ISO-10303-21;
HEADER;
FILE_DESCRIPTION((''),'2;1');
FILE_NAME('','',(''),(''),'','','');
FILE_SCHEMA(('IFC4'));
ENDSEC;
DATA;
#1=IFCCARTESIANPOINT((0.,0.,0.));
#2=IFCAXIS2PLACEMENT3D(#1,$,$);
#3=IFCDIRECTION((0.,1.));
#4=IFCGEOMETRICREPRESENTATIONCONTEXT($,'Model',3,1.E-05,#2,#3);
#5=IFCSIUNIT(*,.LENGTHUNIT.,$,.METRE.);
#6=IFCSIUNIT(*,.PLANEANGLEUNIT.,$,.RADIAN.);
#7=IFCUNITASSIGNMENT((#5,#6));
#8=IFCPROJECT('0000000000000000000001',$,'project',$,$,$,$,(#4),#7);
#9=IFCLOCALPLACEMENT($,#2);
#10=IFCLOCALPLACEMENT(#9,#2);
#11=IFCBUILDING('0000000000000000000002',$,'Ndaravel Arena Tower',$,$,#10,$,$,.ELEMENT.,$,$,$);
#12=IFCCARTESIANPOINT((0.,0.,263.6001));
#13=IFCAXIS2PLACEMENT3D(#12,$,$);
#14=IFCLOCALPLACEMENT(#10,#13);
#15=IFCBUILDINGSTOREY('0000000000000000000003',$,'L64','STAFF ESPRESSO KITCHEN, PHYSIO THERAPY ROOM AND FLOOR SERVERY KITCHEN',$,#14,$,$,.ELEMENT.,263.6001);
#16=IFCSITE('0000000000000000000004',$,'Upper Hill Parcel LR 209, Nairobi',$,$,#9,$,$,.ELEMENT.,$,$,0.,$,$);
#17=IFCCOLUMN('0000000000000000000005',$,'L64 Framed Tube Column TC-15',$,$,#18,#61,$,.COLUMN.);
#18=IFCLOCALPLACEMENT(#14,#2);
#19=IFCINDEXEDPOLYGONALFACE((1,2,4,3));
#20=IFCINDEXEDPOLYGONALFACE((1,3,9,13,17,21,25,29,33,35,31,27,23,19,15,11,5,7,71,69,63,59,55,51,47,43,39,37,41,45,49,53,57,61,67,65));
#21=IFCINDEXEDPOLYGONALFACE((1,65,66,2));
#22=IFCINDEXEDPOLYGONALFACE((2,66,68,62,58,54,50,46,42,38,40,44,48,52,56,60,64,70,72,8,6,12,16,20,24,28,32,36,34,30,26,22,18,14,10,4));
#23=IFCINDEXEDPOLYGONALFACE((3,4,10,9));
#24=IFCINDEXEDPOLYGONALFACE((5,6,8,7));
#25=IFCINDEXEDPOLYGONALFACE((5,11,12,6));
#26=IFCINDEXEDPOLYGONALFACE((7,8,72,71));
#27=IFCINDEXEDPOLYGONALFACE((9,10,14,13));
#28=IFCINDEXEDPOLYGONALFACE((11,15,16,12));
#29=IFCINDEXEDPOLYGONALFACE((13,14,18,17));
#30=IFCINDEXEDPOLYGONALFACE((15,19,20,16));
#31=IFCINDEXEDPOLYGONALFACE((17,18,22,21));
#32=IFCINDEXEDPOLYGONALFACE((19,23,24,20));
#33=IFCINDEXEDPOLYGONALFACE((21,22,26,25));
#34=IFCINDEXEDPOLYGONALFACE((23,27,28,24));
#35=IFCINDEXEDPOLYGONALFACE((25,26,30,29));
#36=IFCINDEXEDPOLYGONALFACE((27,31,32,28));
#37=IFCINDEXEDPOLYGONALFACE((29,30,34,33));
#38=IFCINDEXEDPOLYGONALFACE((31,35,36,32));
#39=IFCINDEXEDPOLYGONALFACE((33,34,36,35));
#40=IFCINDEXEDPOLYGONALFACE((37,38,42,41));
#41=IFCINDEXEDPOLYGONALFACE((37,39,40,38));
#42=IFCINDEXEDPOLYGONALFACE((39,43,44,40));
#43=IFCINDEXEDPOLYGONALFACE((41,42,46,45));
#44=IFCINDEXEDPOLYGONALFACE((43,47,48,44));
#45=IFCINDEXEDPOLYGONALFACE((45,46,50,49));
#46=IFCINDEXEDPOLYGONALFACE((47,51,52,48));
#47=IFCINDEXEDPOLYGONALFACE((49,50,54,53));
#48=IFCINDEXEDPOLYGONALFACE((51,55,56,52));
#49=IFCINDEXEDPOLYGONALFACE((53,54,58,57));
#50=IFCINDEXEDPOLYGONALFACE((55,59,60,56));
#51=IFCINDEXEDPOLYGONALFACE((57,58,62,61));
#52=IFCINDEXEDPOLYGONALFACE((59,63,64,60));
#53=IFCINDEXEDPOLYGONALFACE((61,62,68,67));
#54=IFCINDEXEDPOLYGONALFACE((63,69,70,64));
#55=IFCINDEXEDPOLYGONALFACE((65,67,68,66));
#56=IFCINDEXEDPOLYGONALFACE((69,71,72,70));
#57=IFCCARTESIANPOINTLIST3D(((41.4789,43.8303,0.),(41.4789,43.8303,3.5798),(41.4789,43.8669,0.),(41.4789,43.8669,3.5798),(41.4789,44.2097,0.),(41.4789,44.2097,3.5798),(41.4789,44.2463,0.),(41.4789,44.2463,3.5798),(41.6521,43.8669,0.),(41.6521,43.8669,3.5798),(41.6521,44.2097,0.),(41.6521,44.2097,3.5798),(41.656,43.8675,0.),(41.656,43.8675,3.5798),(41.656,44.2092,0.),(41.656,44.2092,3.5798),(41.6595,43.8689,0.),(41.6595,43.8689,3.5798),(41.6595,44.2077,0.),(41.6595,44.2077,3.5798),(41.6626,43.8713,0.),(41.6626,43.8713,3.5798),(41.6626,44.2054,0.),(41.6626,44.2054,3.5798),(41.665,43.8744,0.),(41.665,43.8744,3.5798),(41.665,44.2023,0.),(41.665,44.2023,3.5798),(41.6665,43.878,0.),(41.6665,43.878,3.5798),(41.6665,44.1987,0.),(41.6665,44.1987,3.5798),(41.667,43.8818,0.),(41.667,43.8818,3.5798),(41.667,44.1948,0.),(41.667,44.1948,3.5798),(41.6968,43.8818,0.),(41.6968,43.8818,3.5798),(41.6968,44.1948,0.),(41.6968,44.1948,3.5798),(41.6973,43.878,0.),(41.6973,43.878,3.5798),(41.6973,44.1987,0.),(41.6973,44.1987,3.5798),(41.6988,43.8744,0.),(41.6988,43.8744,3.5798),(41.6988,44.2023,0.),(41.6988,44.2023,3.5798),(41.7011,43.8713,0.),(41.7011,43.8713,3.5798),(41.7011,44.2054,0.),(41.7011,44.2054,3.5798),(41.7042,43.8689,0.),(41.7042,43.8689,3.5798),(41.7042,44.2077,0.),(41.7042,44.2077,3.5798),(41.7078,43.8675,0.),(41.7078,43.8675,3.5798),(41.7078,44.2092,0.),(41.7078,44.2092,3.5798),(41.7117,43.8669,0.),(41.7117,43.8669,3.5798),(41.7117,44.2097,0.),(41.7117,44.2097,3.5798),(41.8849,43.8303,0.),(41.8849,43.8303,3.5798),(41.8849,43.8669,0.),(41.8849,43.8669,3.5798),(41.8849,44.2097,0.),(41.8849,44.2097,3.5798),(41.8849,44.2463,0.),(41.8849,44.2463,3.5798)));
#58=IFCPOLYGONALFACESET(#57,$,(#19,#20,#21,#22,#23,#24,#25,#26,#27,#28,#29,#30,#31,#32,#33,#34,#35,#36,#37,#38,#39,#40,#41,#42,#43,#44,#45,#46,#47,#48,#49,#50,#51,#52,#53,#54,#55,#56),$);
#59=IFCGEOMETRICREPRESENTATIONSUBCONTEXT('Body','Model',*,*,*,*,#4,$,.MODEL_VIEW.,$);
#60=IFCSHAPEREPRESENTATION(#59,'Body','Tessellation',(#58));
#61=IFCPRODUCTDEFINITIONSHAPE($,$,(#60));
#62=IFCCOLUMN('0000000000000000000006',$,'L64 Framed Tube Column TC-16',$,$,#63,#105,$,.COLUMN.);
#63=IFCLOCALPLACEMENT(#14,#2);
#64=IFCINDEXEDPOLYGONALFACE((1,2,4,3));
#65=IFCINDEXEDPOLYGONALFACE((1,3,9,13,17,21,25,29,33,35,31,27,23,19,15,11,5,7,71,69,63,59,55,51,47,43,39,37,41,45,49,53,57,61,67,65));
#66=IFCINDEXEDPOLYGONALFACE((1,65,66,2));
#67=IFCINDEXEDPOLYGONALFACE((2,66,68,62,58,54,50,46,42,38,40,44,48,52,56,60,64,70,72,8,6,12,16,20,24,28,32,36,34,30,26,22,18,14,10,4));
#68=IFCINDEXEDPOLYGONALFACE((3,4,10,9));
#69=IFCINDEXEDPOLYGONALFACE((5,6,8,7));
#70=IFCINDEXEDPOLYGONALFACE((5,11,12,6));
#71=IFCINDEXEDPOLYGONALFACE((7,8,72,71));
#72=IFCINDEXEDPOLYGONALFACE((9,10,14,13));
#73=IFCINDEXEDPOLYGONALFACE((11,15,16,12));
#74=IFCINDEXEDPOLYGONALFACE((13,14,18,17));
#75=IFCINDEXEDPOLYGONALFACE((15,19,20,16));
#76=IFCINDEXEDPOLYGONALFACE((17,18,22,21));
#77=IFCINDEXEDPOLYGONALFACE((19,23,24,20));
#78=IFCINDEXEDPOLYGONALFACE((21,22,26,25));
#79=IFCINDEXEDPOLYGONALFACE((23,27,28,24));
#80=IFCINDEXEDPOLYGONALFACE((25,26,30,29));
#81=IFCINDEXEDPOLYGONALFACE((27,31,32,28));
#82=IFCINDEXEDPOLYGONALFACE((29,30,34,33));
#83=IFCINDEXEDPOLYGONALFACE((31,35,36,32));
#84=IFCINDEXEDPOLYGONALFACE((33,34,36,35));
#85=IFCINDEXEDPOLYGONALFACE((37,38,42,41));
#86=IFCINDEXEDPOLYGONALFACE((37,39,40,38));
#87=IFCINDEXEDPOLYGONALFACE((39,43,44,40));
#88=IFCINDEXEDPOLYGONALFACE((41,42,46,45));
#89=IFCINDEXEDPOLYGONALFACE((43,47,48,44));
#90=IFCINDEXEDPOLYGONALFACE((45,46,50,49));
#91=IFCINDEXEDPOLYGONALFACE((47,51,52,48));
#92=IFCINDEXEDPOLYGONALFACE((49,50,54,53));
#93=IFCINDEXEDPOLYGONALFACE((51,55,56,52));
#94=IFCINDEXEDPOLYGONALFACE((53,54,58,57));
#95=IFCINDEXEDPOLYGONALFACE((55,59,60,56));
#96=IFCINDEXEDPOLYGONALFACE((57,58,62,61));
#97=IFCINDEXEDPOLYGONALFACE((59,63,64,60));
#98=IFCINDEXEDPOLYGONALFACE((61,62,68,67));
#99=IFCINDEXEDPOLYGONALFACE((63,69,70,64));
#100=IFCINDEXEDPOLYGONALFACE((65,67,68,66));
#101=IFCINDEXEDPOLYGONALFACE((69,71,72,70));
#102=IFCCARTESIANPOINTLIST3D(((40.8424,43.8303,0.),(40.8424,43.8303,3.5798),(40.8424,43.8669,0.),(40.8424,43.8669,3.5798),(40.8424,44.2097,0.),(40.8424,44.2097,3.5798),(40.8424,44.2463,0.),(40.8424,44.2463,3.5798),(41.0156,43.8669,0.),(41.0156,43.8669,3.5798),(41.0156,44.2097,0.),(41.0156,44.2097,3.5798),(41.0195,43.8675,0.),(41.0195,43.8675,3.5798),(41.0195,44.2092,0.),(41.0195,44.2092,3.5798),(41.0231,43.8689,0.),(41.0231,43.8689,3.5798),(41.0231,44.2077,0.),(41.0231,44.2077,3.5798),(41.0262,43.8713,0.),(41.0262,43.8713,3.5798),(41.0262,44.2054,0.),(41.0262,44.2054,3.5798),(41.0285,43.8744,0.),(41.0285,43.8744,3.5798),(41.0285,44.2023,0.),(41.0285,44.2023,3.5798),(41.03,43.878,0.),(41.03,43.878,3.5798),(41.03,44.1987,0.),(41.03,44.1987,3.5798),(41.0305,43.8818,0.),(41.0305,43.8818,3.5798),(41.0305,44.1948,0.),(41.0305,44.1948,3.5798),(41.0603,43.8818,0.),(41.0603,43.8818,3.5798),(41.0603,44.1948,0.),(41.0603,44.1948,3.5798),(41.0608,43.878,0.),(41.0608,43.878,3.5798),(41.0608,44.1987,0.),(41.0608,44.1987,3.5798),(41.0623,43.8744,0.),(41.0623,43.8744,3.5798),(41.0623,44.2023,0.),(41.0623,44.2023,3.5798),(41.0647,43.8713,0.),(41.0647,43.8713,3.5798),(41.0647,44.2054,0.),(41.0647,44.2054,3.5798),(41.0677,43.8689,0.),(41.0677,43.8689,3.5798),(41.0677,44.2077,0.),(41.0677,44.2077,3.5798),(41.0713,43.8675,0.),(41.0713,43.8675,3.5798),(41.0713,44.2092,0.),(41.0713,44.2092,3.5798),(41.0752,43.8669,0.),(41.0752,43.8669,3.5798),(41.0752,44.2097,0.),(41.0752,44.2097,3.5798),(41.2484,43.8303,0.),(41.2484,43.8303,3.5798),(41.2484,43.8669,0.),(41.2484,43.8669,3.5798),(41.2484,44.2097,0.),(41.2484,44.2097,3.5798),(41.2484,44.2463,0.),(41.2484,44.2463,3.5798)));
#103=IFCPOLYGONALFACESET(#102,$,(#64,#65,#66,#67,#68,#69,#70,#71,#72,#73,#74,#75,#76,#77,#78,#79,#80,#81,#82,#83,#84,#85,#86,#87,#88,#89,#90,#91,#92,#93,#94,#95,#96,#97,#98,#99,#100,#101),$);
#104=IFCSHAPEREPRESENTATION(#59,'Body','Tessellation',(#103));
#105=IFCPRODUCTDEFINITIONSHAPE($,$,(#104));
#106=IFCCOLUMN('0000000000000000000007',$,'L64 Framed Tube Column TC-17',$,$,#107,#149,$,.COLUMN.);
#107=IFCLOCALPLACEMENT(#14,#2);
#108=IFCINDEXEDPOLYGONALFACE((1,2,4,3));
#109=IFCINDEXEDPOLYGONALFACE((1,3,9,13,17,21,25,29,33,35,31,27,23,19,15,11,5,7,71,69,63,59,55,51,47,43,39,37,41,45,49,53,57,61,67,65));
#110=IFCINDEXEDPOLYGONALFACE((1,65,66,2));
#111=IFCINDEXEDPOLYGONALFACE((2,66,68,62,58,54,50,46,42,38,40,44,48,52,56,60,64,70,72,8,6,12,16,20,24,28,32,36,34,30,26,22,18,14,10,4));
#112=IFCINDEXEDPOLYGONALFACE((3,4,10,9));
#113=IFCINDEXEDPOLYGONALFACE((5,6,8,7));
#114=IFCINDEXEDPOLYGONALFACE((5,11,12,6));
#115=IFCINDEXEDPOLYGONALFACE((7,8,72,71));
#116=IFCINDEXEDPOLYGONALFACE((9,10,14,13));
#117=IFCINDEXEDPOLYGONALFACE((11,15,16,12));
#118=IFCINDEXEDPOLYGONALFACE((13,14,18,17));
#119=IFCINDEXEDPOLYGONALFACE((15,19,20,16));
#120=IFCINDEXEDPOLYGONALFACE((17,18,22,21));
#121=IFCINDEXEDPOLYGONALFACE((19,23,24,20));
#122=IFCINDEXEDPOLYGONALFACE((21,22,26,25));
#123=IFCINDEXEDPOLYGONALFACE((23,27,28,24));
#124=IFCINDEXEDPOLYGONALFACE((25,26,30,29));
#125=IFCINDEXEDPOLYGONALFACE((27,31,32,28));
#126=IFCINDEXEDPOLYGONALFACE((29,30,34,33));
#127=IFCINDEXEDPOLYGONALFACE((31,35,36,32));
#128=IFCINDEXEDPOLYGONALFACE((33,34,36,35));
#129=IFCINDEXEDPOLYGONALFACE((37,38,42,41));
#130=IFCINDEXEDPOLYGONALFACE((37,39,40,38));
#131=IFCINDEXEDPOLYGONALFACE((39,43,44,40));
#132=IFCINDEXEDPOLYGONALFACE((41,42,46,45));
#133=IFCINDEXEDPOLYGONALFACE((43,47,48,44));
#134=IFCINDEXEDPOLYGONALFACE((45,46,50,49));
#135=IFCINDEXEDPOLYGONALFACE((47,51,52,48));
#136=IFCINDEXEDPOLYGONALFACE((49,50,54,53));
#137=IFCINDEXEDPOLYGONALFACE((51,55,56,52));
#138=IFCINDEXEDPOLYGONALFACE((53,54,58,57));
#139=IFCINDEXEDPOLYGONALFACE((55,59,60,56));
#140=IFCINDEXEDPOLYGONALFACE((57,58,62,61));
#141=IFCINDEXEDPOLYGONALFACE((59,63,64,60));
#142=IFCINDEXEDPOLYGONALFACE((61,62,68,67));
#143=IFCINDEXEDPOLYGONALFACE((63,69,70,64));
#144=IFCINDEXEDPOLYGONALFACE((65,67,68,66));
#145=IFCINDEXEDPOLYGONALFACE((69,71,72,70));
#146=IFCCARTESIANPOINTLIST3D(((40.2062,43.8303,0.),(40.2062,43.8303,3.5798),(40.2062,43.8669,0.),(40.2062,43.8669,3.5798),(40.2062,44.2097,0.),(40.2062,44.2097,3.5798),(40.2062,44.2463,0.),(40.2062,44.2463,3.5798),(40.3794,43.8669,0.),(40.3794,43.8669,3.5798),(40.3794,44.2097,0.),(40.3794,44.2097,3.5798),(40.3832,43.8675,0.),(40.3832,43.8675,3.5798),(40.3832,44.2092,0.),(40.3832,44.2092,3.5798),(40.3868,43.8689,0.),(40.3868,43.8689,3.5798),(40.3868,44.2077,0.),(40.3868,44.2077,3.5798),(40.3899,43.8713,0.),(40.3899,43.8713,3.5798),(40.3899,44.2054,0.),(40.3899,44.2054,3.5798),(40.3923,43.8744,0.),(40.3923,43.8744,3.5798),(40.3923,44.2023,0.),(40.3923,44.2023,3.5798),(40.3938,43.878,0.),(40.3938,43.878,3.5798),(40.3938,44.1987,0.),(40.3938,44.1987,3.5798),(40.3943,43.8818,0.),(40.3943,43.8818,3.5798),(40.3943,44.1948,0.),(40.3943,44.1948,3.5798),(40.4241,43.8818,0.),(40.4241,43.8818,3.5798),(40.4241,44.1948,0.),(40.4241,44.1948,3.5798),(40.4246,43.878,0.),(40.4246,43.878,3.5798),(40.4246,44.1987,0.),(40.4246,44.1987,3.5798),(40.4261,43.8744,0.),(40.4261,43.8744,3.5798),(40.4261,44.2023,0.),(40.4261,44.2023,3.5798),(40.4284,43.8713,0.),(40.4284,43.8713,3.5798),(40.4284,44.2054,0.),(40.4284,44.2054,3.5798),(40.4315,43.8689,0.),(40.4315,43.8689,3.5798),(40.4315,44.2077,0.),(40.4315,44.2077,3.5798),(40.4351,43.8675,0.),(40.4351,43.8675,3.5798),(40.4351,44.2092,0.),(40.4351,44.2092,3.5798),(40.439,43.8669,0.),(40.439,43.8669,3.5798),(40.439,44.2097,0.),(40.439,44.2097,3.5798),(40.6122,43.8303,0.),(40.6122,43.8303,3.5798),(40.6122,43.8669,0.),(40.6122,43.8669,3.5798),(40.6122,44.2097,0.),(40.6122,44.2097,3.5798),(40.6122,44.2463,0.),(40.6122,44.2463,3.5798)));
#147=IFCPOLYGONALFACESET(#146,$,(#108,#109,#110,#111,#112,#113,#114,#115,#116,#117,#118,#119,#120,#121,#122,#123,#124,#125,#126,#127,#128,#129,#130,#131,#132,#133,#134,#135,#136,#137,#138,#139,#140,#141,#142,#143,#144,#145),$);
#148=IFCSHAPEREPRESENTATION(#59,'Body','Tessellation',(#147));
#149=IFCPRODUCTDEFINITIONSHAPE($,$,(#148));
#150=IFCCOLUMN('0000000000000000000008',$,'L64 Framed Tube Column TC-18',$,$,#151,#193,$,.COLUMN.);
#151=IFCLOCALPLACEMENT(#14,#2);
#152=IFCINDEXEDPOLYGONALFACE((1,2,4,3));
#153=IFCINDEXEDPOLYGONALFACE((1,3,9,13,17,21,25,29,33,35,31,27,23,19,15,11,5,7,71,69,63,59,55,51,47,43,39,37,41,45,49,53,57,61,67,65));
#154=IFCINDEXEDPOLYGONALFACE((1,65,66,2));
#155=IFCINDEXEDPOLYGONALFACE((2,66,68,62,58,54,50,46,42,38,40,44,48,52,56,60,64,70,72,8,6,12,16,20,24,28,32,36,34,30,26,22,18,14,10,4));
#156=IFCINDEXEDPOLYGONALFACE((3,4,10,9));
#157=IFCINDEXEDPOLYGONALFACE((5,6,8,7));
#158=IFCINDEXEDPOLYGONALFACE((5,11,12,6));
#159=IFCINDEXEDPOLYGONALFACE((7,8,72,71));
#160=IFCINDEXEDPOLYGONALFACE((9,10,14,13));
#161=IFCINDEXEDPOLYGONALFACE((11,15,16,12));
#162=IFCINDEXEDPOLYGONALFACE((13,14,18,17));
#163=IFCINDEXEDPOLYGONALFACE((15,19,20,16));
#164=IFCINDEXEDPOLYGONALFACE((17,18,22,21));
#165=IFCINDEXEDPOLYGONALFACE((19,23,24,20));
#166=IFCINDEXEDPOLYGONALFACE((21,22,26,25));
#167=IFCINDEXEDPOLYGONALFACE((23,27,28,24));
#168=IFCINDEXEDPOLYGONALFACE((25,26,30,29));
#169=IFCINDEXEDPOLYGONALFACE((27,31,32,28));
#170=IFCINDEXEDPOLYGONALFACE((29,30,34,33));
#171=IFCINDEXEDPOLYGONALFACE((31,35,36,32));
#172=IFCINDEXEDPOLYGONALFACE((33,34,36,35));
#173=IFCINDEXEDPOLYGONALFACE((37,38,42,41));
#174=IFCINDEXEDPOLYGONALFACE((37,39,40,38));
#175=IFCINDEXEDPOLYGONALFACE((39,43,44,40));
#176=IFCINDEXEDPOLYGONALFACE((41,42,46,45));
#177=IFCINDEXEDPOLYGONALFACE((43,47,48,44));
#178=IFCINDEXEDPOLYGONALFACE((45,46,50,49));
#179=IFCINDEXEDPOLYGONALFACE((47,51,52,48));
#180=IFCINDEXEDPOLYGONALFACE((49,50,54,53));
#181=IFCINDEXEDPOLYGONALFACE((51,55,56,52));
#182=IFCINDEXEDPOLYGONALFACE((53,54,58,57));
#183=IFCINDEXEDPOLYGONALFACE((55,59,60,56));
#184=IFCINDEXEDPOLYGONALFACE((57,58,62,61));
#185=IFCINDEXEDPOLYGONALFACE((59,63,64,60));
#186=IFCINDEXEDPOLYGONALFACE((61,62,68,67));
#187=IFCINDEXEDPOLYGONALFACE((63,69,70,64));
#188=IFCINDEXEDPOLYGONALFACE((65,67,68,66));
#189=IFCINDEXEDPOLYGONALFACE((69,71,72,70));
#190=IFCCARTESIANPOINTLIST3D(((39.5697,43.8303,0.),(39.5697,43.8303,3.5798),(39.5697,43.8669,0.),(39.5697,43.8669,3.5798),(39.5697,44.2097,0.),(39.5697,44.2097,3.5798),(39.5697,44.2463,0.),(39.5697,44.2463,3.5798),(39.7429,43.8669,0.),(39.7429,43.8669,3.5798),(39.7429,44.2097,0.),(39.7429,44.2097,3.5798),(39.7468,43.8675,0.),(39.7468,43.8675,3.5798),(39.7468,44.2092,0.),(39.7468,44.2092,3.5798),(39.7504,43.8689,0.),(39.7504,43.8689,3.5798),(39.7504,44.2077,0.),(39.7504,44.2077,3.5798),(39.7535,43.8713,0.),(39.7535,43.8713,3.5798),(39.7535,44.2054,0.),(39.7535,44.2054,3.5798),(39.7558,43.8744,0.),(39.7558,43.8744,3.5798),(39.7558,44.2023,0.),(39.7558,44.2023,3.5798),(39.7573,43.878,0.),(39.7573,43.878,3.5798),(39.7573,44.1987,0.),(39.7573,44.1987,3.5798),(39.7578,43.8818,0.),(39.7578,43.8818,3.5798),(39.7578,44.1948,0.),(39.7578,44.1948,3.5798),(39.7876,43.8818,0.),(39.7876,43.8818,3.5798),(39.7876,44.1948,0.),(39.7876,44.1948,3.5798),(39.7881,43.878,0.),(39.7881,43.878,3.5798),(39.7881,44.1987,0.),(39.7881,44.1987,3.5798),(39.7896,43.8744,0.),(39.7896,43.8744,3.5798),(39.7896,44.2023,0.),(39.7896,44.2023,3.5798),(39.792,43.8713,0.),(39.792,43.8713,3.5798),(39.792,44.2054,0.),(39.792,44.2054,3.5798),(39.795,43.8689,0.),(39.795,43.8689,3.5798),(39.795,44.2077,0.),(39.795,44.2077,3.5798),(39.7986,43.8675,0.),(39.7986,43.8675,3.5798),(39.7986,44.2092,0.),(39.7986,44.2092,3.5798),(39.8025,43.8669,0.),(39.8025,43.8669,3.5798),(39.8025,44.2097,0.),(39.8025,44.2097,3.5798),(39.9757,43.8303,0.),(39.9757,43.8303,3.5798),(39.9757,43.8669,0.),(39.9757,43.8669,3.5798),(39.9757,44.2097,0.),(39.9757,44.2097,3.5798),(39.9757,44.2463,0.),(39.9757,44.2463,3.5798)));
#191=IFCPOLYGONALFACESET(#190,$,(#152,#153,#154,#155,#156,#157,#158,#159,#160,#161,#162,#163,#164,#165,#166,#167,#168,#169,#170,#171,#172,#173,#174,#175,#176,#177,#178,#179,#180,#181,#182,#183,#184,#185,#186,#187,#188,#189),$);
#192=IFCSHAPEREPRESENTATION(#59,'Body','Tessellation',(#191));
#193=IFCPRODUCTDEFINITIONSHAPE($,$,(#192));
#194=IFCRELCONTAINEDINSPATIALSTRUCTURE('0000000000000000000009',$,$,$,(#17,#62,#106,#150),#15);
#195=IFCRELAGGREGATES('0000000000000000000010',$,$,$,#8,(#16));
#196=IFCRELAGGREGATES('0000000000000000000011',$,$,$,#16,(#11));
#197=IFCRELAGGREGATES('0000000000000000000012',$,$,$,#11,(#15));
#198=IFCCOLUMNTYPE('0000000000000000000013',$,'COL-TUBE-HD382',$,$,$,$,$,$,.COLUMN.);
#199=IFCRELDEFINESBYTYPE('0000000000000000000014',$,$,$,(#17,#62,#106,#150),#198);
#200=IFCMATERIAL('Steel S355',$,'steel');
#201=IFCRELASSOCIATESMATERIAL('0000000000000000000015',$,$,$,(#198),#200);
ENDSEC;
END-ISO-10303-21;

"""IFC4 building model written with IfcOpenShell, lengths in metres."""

from ifc_helpers import new_model, si_unit, direction, frame, origin, origin_2d, place, context, subcontext, project, spatial, i_section, extrude, material, material_profile, profile_set, type_object, element, save


model = new_model("IFC4")

# Units and contexts
model_context = context("Model", 3, precision=1e-05, world=origin(), true_north=direction((0.0, 1.0)))
body_context = subcontext(model_context, "Body", "Model", "MODEL_VIEW")
ifc_project = project(units=[si_unit("LENGTHUNIT", "METRE"), si_unit("PLANEANGLEUNIT", "RADIAN")], contexts=[model_context])

# Site, building, storey
site_placement = place(None, origin())
site = spatial("IfcSite", under=ifc_project, at=site_placement, Name="Upper Hill Parcel LR 209, Nairobi", CompositionType="ELEMENT", RefElevation=0.0)
building_placement = place(site_placement, origin())
building = spatial("IfcBuilding", under=site, at=building_placement, Name="Ndaravel Arena Tower", CompositionType="ELEMENT")
storey_placement = place(building_placement, frame((0.0, 0.0, 263.6001)))
storey = spatial("IfcBuildingStorey", under=building, at=storey_placement, Name="L64", Description="STAFF ESPRESSO KITCHEN, PHYSIO THERAPY ROOM AND FLOOR SERVERY KITCHEN", CompositionType="ELEMENT", Elevation=263.6001)

# Columns
ifc_material_1 = material(Name="Steel S355", Category="steel")
ifc_material_profile_1 = material_profile(ifc_material_1, i_section(OverallWidth=0.406, OverallDepth=0.416, WebThickness=0.0298, FlangeThickness=0.0366, FilletRadius=0.0149, at=origin_2d()), Name="HD 400x382")
ifc_profile_set_1 = profile_set([ifc_material_profile_1], Name="Steel S355")
column_type = type_object("IfcColumnType", Name="COL-TUBE-HD382", PredefinedType="COLUMN", material=ifc_profile_set_1)
for number, where, z_axis, x_axis, name in (
    (1, (41.6819, 44.0383, 0.0), (0.0, 0.0, 1.0), (1.0, 0.0, 0.0), "L64 Framed Tube Column TC-15"),
    (2, (41.0454, 44.0383, 0.0), (0.0, 0.0, 1.0), (1.0, 0.0, 0.0), "L64 Framed Tube Column TC-16"),
    (3, (40.4092, 44.0383, 0.0), (0.0, 0.0, 1.0), (1.0, 0.0, 0.0), "L64 Framed Tube Column TC-17"),
    (4, (39.7727, 44.0383, 0.0), (0.0, 0.0, 1.0), (1.0, 0.0, 0.0), "L64 Framed Tube Column TC-18"),
):
    element("IfcColumn", number, at=place(storey_placement, frame(where, z_axis=z_axis, x_axis=x_axis)), inside=storey, type_object=column_type, Name=name, PredefinedType="COLUMN", context=body_context, shape_type="SweptSolid", body=[
        extrude(i_section(OverallWidth=0.406, OverallDepth=0.416, WebThickness=0.0298, FlangeThickness=0.0366, FilletRadius=0.0149, at=origin_2d()), origin(), (0.0, 0.0, 1.0), 3.5798),
    ])

save(model, "model.ifc")
